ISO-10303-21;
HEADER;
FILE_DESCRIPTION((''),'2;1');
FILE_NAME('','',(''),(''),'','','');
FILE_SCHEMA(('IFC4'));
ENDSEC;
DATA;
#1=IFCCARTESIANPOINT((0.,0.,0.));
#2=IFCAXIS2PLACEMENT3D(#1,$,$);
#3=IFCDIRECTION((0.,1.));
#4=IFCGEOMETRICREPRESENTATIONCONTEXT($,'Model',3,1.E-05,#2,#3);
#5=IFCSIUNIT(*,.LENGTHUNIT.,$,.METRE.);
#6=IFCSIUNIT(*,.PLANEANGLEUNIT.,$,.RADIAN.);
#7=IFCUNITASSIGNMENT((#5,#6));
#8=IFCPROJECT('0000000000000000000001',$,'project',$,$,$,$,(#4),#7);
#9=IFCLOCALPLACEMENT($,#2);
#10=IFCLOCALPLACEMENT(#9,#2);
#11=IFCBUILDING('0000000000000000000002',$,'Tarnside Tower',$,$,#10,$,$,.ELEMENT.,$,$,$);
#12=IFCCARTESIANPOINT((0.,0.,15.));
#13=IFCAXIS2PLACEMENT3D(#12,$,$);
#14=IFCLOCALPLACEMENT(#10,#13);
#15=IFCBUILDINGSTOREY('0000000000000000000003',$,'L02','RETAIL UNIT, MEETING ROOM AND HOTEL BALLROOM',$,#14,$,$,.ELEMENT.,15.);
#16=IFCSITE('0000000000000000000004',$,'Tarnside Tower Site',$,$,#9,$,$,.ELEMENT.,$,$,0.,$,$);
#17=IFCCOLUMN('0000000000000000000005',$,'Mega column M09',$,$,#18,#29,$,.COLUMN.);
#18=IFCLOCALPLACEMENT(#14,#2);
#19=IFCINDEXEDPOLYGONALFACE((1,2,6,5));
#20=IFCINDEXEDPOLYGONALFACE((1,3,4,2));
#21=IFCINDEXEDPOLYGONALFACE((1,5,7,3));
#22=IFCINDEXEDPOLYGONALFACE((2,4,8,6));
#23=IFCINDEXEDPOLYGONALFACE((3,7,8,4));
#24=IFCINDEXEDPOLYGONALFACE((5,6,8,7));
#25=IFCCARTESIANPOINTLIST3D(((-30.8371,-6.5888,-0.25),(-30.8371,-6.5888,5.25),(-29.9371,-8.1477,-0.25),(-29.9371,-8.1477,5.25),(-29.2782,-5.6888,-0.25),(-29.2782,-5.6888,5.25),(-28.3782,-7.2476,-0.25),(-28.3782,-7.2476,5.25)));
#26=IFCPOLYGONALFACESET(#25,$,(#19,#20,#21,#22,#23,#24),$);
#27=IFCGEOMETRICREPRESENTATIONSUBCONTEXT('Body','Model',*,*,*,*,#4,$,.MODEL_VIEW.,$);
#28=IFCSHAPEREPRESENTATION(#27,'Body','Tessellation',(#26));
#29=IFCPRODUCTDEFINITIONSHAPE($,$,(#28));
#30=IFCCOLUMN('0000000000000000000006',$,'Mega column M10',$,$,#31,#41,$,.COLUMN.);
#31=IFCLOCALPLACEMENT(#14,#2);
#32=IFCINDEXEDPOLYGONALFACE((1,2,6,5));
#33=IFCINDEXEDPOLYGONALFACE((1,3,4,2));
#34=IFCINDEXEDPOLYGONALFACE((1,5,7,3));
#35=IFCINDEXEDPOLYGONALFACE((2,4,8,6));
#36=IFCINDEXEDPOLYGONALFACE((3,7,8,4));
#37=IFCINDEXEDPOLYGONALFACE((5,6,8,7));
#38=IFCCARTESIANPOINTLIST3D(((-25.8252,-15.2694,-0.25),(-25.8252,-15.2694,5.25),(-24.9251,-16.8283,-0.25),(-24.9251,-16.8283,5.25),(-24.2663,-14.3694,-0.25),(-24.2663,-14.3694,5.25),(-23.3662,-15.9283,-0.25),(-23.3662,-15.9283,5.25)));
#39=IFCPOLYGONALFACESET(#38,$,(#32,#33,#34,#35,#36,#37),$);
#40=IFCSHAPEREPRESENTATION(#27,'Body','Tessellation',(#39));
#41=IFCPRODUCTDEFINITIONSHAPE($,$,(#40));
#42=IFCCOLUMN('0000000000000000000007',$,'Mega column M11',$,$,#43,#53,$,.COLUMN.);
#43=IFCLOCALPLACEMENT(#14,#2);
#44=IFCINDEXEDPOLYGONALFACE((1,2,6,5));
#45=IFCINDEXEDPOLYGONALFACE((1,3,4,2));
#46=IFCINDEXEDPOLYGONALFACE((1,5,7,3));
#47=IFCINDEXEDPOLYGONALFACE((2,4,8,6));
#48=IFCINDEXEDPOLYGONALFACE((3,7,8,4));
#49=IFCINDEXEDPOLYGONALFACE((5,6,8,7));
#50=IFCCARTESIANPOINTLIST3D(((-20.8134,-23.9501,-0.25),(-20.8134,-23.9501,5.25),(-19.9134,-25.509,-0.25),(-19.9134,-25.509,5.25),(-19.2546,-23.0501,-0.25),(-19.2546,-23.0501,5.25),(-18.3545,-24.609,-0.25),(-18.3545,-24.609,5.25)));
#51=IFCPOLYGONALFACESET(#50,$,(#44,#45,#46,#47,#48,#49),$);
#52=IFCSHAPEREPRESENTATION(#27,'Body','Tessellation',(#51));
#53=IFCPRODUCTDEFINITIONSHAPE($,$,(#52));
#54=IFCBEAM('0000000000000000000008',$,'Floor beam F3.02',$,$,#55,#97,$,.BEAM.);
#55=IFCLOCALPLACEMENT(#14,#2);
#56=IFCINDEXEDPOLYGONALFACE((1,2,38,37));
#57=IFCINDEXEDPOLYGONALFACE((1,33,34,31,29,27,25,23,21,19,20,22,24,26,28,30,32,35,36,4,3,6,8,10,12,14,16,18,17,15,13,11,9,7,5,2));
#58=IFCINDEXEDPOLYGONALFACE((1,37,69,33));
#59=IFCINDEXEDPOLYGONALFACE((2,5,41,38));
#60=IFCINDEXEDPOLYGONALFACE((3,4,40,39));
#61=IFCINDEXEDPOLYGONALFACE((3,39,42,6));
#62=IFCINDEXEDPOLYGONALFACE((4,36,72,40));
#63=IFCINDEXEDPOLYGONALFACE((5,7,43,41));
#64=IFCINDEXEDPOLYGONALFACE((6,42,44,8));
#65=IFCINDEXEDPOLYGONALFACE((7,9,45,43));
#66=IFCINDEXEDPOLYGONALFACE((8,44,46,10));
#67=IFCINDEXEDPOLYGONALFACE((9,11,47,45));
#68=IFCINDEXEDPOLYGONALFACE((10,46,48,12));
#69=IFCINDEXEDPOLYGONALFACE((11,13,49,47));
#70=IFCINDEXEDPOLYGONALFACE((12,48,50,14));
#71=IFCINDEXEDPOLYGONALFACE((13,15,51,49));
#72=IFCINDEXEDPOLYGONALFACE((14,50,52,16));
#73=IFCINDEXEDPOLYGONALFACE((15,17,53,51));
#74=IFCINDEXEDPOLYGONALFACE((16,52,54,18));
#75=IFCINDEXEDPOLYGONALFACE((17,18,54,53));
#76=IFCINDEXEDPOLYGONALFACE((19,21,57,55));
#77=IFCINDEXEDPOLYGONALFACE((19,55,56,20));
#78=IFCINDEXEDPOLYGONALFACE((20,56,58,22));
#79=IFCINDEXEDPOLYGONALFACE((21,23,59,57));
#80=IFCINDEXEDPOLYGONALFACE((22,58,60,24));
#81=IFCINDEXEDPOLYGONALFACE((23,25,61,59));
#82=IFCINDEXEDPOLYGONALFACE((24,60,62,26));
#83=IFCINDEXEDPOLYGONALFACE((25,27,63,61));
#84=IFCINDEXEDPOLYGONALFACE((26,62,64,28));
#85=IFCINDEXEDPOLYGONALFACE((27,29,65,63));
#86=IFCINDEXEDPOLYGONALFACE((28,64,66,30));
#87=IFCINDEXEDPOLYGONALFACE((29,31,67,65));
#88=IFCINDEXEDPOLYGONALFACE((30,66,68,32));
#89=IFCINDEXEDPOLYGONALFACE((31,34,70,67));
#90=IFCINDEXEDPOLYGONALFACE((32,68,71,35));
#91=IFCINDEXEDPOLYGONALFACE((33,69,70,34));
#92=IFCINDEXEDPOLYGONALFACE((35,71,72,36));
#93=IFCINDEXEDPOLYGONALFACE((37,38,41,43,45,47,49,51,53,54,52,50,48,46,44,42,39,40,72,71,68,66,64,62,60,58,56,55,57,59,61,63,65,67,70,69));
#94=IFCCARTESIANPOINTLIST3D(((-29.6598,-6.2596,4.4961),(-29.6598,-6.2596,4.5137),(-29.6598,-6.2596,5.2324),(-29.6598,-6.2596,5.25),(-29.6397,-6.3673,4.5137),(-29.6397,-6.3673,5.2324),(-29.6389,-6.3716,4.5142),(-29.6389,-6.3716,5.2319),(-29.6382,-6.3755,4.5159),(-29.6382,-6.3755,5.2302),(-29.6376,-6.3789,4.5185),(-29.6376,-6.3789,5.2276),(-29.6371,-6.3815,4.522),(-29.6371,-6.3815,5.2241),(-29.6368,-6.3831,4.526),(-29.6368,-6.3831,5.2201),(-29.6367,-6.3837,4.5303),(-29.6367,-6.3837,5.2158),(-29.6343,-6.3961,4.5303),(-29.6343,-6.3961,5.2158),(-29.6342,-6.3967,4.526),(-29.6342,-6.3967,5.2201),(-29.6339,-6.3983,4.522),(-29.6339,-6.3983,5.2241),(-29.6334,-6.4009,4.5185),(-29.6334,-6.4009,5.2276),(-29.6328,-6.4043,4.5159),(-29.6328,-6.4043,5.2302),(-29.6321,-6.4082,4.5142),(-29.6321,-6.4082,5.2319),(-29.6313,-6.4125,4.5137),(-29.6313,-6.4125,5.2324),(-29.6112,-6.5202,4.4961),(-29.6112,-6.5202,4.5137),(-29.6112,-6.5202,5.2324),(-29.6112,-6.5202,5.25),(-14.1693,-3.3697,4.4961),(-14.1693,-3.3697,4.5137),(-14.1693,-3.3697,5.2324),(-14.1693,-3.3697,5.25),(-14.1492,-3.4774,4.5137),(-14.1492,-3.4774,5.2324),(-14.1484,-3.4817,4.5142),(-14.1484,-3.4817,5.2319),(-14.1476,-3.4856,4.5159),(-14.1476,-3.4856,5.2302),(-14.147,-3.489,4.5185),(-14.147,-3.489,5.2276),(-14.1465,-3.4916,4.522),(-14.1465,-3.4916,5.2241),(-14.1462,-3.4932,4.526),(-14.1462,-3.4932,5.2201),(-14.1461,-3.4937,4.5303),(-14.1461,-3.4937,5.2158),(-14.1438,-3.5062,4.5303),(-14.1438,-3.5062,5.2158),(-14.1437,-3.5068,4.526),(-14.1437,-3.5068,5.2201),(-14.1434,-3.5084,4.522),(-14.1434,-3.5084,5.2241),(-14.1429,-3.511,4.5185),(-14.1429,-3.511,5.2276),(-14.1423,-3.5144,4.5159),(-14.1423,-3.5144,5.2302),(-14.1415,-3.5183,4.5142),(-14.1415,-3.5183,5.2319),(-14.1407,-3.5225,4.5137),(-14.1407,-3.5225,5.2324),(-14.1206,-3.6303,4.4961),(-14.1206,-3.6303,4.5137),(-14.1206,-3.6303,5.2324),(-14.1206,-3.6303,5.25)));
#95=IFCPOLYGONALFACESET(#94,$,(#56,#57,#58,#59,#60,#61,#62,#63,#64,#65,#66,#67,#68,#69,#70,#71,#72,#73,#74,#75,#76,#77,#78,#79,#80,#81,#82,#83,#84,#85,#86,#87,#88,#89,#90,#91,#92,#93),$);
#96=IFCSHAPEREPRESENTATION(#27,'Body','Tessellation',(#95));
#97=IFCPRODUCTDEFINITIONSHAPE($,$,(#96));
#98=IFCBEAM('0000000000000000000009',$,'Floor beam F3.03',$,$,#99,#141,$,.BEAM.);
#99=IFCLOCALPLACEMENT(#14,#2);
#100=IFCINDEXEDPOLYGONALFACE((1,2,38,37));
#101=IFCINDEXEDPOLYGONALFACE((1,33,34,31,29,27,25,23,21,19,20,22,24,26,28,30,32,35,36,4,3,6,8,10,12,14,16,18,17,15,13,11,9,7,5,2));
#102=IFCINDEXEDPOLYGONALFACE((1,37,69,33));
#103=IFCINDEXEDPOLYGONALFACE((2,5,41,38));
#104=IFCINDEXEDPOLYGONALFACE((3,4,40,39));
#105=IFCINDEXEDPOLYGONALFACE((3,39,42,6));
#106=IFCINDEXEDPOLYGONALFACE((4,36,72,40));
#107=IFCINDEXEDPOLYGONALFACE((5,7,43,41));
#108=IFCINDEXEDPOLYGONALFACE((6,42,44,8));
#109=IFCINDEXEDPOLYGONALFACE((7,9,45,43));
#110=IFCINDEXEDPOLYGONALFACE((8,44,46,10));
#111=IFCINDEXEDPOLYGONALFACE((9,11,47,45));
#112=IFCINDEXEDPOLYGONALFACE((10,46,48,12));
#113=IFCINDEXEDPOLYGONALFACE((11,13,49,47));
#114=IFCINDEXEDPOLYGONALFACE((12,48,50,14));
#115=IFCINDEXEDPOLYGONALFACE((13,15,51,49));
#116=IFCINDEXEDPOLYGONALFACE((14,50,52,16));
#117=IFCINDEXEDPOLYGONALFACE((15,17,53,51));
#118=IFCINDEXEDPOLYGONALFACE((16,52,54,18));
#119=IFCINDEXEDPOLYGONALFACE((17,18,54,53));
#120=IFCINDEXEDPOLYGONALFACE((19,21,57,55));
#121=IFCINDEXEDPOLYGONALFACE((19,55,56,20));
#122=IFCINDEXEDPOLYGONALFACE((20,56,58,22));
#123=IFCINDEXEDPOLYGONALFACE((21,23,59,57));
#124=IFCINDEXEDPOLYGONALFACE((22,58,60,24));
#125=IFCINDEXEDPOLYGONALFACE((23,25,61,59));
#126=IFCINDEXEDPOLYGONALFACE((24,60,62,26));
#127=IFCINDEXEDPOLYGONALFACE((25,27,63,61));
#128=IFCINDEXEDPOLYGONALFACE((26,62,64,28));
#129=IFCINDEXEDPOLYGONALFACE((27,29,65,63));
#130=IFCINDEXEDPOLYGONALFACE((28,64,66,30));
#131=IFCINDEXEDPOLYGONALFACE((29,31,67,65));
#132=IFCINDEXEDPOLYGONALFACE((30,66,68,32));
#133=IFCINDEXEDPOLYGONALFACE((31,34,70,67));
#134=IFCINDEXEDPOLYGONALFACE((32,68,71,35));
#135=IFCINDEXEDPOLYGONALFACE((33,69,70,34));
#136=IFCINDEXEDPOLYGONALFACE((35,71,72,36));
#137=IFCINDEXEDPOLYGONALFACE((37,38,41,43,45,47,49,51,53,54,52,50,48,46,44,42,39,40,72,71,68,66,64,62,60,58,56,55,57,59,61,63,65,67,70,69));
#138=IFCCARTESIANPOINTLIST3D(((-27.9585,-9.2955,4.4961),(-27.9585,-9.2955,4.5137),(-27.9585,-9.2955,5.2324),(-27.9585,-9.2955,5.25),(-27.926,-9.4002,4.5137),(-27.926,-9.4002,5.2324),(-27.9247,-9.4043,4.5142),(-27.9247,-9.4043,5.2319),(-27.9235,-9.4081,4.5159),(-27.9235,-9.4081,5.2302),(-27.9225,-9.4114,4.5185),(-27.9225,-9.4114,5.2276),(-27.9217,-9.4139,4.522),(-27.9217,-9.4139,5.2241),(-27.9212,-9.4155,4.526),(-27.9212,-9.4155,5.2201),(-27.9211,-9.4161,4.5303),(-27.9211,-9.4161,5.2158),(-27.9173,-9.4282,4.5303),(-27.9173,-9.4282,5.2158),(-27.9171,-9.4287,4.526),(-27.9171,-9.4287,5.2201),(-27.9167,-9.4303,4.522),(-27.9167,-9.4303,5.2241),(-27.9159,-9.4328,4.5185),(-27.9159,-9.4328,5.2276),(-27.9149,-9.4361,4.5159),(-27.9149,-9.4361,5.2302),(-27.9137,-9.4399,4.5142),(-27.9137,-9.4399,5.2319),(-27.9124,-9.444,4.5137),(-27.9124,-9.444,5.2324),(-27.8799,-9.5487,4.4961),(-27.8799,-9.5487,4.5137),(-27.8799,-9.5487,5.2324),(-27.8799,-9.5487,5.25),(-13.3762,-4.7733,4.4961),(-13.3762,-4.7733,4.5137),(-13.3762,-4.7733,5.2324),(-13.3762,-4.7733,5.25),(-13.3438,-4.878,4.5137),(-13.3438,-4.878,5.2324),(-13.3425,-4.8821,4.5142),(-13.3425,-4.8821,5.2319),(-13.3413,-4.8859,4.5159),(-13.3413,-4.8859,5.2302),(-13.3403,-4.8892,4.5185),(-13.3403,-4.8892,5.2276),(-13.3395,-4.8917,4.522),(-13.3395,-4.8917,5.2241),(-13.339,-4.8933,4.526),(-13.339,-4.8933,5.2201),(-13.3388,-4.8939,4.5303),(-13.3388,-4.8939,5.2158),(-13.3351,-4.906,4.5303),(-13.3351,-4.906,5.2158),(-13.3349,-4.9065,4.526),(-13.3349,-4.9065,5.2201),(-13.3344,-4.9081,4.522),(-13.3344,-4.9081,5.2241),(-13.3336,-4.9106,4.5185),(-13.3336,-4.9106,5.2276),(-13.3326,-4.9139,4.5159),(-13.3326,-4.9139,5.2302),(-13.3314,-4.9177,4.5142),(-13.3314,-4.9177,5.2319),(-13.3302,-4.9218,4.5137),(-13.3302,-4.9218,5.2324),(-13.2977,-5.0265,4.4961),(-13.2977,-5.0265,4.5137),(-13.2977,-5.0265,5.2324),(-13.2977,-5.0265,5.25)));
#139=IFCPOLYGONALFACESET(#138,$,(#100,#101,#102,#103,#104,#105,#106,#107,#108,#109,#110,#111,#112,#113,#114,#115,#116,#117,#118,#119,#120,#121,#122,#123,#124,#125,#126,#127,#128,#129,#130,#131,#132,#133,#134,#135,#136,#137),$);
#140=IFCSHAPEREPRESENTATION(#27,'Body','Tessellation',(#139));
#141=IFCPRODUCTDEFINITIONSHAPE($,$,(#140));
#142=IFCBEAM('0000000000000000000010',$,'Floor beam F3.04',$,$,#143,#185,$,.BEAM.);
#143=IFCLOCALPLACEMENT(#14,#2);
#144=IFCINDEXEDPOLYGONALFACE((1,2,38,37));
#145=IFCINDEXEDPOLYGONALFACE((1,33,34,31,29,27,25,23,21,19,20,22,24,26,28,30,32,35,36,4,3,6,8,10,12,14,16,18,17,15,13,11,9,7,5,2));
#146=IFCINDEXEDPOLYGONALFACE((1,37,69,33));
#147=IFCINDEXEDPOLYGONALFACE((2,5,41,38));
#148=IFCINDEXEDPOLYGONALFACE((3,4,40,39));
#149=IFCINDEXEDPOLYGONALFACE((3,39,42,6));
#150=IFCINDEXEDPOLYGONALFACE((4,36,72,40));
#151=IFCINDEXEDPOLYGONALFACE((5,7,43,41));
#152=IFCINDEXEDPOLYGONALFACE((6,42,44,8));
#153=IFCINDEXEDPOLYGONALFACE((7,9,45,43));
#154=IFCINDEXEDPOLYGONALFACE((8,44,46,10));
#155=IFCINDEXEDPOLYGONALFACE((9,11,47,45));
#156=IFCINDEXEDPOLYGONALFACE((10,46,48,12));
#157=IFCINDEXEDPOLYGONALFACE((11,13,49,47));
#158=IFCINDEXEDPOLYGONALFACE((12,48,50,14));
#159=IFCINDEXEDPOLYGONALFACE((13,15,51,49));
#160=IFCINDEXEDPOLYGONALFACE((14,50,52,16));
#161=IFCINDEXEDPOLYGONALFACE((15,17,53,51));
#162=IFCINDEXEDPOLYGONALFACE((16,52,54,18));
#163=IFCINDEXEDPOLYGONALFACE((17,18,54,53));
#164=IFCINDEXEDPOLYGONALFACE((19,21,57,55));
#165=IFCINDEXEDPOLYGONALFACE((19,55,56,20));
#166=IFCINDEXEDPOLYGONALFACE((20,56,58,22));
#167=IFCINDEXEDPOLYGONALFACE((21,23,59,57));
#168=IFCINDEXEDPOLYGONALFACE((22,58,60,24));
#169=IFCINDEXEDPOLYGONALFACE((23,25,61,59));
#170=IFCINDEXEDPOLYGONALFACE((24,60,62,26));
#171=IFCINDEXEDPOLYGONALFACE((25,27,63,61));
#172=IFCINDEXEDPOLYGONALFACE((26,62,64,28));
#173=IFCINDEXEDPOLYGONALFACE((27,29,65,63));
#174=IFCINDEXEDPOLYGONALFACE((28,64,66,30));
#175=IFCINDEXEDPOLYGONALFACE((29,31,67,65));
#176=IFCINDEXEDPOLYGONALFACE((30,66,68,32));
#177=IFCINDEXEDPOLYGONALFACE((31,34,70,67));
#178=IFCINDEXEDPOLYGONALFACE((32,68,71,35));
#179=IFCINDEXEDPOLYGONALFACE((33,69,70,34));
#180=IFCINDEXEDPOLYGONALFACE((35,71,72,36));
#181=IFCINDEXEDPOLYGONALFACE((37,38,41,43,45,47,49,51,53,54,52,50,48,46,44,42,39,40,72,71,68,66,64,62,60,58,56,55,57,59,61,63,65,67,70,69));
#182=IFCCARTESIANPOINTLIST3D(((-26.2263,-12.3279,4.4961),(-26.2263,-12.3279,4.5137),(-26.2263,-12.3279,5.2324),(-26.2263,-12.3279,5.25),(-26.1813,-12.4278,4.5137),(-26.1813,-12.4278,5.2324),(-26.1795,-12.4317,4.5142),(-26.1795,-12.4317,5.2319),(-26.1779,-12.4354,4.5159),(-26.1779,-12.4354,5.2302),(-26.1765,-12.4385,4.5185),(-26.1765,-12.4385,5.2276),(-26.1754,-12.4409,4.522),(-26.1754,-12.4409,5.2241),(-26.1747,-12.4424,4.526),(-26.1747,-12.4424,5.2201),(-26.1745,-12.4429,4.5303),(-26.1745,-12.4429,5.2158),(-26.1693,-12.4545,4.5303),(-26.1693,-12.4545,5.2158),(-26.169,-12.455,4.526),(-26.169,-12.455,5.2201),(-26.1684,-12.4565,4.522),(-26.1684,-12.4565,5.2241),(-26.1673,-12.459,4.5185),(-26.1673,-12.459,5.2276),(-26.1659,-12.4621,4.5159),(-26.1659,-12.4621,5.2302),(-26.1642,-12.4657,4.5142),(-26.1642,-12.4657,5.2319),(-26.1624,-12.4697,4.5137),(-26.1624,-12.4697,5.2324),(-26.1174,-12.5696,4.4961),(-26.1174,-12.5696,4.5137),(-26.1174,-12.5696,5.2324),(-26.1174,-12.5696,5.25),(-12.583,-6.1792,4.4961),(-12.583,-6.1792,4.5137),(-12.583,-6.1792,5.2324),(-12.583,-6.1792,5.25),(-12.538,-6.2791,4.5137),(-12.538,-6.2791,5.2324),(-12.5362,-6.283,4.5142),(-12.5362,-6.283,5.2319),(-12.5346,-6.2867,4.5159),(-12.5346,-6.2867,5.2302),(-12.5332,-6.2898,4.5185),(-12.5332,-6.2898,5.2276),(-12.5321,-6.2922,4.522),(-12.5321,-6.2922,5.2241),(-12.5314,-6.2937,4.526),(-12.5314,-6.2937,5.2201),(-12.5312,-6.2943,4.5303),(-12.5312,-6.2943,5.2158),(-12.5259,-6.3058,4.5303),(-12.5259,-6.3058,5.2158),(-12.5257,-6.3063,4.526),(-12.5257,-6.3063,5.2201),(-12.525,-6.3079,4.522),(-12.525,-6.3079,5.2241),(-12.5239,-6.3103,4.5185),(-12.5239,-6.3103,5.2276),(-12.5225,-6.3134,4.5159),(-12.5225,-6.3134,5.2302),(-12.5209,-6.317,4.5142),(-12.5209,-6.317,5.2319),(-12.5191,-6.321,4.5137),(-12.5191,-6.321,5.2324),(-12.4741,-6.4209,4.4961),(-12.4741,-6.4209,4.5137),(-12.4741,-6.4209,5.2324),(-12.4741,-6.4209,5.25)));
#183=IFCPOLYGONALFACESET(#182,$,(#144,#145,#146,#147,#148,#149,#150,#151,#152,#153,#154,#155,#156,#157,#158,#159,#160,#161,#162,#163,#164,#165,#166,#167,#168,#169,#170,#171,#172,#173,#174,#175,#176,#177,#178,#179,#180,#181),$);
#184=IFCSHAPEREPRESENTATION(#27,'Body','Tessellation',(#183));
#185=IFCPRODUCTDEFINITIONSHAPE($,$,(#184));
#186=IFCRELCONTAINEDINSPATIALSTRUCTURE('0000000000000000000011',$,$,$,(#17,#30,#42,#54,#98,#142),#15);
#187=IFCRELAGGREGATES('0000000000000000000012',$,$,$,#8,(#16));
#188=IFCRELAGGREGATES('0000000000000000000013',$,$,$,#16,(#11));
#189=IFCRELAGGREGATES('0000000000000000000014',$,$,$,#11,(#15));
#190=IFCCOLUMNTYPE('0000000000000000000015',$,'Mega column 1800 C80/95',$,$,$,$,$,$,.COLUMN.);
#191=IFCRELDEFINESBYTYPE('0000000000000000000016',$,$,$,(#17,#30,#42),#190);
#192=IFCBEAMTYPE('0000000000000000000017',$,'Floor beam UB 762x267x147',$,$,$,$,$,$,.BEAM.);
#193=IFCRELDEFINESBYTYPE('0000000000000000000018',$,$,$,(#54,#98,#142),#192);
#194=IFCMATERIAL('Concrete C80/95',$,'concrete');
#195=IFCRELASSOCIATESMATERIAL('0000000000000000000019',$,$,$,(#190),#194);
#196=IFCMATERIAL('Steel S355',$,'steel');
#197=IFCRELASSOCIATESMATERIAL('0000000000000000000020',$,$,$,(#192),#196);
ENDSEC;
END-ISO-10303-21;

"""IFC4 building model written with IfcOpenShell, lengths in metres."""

from ifc_helpers import new_model, si_unit, direction, frame, origin, origin_2d, place, context, subcontext, project, spatial, rectangle, i_section, extrude, material, material_profile, profile_set, type_object, element, save


model = new_model("IFC4")

# Units and contexts
model_context = context("Model", 3, precision=1e-05, world=origin(), true_north=direction((0.0, 1.0)))
body_context = subcontext(model_context, "Body", "Model", "MODEL_VIEW")
ifc_project = project(units=[si_unit("LENGTHUNIT", "METRE"), si_unit("PLANEANGLEUNIT", "RADIAN")], contexts=[model_context])

# Site, building, storey
site_placement = place(None, origin())
site = spatial("IfcSite", under=ifc_project, at=site_placement, Name="Tarnside Tower Site", CompositionType="ELEMENT", RefElevation=0.0)
building_placement = place(site_placement, origin())
building = spatial("IfcBuilding", under=site, at=building_placement, Name="Tarnside Tower", CompositionType="ELEMENT")
storey_placement = place(building_placement, frame((0.0, 0.0, 15.0)))
storey = spatial("IfcBuildingStorey", under=building, at=storey_placement, Name="L02", Description="RETAIL UNIT, MEETING ROOM AND HOTEL BALLROOM", CompositionType="ELEMENT", Elevation=15.0)

# Columns
ifc_material_1 = material(Name="Concrete C80/95", Category="concrete")
ifc_material_profile_1 = material_profile(ifc_material_1, rectangle(XDim=1.8, YDim=1.8, at=origin_2d()), Name="Mega column 1800x1800")
ifc_profile_set_1 = profile_set([ifc_material_profile_1], Name="Concrete C80/95")
column_type = type_object("IfcColumnType", Name="Mega column 1800 C80/95", PredefinedType="COLUMN", material=ifc_profile_set_1)
for number, where, z_axis, x_axis, name in (
    (1, (-29.6077, -6.9182, -0.25), (0.0, 0.0, 1.0), (-0.5, 0.866025, 0.0), "Mega column M09"),
    (2, (-24.5957, -15.5989, -0.25), (0.0, 0.0, 1.0), (-0.5, 0.866025, 0.0), "Mega column M10"),
    (3, (-19.584, -24.2795, -0.25), (0.0, 0.0, 1.0), (-0.5, 0.866025, 0.0), "Mega column M11"),
):
    element("IfcColumn", number, at=place(storey_placement, frame(where, z_axis=z_axis, x_axis=x_axis)), inside=storey, type_object=column_type, Name=name, PredefinedType="COLUMN", context=body_context, shape_type="SweptSolid", body=[
        extrude(rectangle(XDim=1.8, YDim=1.8, at=origin_2d()), origin(), (0.0, 0.0, 1.0), 5.5),
    ])

# Beams
ifc_material_2 = material(Name="Steel S355", Category="steel")
ifc_material_profile_2 = material_profile(ifc_material_2, i_section(OverallWidth=0.2651, OverallDepth=0.7539, WebThickness=0.0127, FlangeThickness=0.0176, FilletRadius=0.0166, at=origin_2d()), Name="UB 762x267x147")
ifc_profile_set_2 = profile_set([ifc_material_profile_2], Name="Steel S355")
beam_type_1 = type_object("IfcBeamType", Name="Floor beam UB 762x267x147", PredefinedType="BEAM", material=ifc_profile_set_2)
beam_1_placement = place(storey_placement, frame((-29.6355, -6.3899, 4.873), z_axis=(0.983039, 0.183395, 0.0), x_axis=(-0.183395, 0.983039, 0.0)))
element("IfcBeam", 4, at=beam_1_placement, inside=storey, type_object=beam_type_1, Name="Floor beam F3.02", PredefinedType="BEAM", context=body_context, shape_type="SweptSolid", body=[
    extrude(i_section(OverallWidth=0.2651, OverallDepth=0.7539, WebThickness=0.0127, FlangeThickness=0.0176, FilletRadius=0.0166, at=origin_2d()), origin(), (0.0, 0.0, 1.0), 15.7578),
])
beam_2_placement = place(storey_placement, frame((-27.9192, -9.4221, 4.873), z_axis=(0.955126, 0.296201, 0.0), x_axis=(-0.296201, 0.955126, 0.0)))
element("IfcBeam", 5, at=beam_2_placement, inside=storey, type_object=beam_type_1, Name="Floor beam F3.03", PredefinedType="BEAM", context=body_context, shape_type="SweptSolid", body=[
    extrude(i_section(OverallWidth=0.2651, OverallDepth=0.7539, WebThickness=0.0127, FlangeThickness=0.0176, FilletRadius=0.0166, at=origin_2d()), origin(), (0.0, 0.0, 1.0), 15.2673),
])
beam_3_placement = place(storey_placement, frame((-26.1719, -12.4487, 4.873), z_axis=(0.911692, 0.410875, 0.0), x_axis=(-0.410875, 0.911692, 0.0)))
element("IfcBeam", 6, at=beam_3_placement, inside=storey, type_object=beam_type_1, Name="Floor beam F3.04", PredefinedType="BEAM", context=body_context, shape_type="SweptSolid", body=[
    extrude(i_section(OverallWidth=0.2651, OverallDepth=0.7539, WebThickness=0.0127, FlangeThickness=0.0176, FilletRadius=0.0166, at=origin_2d()), origin(), (0.0, 0.0, 1.0), 14.9648),
])

save(model, "model.ifc")
